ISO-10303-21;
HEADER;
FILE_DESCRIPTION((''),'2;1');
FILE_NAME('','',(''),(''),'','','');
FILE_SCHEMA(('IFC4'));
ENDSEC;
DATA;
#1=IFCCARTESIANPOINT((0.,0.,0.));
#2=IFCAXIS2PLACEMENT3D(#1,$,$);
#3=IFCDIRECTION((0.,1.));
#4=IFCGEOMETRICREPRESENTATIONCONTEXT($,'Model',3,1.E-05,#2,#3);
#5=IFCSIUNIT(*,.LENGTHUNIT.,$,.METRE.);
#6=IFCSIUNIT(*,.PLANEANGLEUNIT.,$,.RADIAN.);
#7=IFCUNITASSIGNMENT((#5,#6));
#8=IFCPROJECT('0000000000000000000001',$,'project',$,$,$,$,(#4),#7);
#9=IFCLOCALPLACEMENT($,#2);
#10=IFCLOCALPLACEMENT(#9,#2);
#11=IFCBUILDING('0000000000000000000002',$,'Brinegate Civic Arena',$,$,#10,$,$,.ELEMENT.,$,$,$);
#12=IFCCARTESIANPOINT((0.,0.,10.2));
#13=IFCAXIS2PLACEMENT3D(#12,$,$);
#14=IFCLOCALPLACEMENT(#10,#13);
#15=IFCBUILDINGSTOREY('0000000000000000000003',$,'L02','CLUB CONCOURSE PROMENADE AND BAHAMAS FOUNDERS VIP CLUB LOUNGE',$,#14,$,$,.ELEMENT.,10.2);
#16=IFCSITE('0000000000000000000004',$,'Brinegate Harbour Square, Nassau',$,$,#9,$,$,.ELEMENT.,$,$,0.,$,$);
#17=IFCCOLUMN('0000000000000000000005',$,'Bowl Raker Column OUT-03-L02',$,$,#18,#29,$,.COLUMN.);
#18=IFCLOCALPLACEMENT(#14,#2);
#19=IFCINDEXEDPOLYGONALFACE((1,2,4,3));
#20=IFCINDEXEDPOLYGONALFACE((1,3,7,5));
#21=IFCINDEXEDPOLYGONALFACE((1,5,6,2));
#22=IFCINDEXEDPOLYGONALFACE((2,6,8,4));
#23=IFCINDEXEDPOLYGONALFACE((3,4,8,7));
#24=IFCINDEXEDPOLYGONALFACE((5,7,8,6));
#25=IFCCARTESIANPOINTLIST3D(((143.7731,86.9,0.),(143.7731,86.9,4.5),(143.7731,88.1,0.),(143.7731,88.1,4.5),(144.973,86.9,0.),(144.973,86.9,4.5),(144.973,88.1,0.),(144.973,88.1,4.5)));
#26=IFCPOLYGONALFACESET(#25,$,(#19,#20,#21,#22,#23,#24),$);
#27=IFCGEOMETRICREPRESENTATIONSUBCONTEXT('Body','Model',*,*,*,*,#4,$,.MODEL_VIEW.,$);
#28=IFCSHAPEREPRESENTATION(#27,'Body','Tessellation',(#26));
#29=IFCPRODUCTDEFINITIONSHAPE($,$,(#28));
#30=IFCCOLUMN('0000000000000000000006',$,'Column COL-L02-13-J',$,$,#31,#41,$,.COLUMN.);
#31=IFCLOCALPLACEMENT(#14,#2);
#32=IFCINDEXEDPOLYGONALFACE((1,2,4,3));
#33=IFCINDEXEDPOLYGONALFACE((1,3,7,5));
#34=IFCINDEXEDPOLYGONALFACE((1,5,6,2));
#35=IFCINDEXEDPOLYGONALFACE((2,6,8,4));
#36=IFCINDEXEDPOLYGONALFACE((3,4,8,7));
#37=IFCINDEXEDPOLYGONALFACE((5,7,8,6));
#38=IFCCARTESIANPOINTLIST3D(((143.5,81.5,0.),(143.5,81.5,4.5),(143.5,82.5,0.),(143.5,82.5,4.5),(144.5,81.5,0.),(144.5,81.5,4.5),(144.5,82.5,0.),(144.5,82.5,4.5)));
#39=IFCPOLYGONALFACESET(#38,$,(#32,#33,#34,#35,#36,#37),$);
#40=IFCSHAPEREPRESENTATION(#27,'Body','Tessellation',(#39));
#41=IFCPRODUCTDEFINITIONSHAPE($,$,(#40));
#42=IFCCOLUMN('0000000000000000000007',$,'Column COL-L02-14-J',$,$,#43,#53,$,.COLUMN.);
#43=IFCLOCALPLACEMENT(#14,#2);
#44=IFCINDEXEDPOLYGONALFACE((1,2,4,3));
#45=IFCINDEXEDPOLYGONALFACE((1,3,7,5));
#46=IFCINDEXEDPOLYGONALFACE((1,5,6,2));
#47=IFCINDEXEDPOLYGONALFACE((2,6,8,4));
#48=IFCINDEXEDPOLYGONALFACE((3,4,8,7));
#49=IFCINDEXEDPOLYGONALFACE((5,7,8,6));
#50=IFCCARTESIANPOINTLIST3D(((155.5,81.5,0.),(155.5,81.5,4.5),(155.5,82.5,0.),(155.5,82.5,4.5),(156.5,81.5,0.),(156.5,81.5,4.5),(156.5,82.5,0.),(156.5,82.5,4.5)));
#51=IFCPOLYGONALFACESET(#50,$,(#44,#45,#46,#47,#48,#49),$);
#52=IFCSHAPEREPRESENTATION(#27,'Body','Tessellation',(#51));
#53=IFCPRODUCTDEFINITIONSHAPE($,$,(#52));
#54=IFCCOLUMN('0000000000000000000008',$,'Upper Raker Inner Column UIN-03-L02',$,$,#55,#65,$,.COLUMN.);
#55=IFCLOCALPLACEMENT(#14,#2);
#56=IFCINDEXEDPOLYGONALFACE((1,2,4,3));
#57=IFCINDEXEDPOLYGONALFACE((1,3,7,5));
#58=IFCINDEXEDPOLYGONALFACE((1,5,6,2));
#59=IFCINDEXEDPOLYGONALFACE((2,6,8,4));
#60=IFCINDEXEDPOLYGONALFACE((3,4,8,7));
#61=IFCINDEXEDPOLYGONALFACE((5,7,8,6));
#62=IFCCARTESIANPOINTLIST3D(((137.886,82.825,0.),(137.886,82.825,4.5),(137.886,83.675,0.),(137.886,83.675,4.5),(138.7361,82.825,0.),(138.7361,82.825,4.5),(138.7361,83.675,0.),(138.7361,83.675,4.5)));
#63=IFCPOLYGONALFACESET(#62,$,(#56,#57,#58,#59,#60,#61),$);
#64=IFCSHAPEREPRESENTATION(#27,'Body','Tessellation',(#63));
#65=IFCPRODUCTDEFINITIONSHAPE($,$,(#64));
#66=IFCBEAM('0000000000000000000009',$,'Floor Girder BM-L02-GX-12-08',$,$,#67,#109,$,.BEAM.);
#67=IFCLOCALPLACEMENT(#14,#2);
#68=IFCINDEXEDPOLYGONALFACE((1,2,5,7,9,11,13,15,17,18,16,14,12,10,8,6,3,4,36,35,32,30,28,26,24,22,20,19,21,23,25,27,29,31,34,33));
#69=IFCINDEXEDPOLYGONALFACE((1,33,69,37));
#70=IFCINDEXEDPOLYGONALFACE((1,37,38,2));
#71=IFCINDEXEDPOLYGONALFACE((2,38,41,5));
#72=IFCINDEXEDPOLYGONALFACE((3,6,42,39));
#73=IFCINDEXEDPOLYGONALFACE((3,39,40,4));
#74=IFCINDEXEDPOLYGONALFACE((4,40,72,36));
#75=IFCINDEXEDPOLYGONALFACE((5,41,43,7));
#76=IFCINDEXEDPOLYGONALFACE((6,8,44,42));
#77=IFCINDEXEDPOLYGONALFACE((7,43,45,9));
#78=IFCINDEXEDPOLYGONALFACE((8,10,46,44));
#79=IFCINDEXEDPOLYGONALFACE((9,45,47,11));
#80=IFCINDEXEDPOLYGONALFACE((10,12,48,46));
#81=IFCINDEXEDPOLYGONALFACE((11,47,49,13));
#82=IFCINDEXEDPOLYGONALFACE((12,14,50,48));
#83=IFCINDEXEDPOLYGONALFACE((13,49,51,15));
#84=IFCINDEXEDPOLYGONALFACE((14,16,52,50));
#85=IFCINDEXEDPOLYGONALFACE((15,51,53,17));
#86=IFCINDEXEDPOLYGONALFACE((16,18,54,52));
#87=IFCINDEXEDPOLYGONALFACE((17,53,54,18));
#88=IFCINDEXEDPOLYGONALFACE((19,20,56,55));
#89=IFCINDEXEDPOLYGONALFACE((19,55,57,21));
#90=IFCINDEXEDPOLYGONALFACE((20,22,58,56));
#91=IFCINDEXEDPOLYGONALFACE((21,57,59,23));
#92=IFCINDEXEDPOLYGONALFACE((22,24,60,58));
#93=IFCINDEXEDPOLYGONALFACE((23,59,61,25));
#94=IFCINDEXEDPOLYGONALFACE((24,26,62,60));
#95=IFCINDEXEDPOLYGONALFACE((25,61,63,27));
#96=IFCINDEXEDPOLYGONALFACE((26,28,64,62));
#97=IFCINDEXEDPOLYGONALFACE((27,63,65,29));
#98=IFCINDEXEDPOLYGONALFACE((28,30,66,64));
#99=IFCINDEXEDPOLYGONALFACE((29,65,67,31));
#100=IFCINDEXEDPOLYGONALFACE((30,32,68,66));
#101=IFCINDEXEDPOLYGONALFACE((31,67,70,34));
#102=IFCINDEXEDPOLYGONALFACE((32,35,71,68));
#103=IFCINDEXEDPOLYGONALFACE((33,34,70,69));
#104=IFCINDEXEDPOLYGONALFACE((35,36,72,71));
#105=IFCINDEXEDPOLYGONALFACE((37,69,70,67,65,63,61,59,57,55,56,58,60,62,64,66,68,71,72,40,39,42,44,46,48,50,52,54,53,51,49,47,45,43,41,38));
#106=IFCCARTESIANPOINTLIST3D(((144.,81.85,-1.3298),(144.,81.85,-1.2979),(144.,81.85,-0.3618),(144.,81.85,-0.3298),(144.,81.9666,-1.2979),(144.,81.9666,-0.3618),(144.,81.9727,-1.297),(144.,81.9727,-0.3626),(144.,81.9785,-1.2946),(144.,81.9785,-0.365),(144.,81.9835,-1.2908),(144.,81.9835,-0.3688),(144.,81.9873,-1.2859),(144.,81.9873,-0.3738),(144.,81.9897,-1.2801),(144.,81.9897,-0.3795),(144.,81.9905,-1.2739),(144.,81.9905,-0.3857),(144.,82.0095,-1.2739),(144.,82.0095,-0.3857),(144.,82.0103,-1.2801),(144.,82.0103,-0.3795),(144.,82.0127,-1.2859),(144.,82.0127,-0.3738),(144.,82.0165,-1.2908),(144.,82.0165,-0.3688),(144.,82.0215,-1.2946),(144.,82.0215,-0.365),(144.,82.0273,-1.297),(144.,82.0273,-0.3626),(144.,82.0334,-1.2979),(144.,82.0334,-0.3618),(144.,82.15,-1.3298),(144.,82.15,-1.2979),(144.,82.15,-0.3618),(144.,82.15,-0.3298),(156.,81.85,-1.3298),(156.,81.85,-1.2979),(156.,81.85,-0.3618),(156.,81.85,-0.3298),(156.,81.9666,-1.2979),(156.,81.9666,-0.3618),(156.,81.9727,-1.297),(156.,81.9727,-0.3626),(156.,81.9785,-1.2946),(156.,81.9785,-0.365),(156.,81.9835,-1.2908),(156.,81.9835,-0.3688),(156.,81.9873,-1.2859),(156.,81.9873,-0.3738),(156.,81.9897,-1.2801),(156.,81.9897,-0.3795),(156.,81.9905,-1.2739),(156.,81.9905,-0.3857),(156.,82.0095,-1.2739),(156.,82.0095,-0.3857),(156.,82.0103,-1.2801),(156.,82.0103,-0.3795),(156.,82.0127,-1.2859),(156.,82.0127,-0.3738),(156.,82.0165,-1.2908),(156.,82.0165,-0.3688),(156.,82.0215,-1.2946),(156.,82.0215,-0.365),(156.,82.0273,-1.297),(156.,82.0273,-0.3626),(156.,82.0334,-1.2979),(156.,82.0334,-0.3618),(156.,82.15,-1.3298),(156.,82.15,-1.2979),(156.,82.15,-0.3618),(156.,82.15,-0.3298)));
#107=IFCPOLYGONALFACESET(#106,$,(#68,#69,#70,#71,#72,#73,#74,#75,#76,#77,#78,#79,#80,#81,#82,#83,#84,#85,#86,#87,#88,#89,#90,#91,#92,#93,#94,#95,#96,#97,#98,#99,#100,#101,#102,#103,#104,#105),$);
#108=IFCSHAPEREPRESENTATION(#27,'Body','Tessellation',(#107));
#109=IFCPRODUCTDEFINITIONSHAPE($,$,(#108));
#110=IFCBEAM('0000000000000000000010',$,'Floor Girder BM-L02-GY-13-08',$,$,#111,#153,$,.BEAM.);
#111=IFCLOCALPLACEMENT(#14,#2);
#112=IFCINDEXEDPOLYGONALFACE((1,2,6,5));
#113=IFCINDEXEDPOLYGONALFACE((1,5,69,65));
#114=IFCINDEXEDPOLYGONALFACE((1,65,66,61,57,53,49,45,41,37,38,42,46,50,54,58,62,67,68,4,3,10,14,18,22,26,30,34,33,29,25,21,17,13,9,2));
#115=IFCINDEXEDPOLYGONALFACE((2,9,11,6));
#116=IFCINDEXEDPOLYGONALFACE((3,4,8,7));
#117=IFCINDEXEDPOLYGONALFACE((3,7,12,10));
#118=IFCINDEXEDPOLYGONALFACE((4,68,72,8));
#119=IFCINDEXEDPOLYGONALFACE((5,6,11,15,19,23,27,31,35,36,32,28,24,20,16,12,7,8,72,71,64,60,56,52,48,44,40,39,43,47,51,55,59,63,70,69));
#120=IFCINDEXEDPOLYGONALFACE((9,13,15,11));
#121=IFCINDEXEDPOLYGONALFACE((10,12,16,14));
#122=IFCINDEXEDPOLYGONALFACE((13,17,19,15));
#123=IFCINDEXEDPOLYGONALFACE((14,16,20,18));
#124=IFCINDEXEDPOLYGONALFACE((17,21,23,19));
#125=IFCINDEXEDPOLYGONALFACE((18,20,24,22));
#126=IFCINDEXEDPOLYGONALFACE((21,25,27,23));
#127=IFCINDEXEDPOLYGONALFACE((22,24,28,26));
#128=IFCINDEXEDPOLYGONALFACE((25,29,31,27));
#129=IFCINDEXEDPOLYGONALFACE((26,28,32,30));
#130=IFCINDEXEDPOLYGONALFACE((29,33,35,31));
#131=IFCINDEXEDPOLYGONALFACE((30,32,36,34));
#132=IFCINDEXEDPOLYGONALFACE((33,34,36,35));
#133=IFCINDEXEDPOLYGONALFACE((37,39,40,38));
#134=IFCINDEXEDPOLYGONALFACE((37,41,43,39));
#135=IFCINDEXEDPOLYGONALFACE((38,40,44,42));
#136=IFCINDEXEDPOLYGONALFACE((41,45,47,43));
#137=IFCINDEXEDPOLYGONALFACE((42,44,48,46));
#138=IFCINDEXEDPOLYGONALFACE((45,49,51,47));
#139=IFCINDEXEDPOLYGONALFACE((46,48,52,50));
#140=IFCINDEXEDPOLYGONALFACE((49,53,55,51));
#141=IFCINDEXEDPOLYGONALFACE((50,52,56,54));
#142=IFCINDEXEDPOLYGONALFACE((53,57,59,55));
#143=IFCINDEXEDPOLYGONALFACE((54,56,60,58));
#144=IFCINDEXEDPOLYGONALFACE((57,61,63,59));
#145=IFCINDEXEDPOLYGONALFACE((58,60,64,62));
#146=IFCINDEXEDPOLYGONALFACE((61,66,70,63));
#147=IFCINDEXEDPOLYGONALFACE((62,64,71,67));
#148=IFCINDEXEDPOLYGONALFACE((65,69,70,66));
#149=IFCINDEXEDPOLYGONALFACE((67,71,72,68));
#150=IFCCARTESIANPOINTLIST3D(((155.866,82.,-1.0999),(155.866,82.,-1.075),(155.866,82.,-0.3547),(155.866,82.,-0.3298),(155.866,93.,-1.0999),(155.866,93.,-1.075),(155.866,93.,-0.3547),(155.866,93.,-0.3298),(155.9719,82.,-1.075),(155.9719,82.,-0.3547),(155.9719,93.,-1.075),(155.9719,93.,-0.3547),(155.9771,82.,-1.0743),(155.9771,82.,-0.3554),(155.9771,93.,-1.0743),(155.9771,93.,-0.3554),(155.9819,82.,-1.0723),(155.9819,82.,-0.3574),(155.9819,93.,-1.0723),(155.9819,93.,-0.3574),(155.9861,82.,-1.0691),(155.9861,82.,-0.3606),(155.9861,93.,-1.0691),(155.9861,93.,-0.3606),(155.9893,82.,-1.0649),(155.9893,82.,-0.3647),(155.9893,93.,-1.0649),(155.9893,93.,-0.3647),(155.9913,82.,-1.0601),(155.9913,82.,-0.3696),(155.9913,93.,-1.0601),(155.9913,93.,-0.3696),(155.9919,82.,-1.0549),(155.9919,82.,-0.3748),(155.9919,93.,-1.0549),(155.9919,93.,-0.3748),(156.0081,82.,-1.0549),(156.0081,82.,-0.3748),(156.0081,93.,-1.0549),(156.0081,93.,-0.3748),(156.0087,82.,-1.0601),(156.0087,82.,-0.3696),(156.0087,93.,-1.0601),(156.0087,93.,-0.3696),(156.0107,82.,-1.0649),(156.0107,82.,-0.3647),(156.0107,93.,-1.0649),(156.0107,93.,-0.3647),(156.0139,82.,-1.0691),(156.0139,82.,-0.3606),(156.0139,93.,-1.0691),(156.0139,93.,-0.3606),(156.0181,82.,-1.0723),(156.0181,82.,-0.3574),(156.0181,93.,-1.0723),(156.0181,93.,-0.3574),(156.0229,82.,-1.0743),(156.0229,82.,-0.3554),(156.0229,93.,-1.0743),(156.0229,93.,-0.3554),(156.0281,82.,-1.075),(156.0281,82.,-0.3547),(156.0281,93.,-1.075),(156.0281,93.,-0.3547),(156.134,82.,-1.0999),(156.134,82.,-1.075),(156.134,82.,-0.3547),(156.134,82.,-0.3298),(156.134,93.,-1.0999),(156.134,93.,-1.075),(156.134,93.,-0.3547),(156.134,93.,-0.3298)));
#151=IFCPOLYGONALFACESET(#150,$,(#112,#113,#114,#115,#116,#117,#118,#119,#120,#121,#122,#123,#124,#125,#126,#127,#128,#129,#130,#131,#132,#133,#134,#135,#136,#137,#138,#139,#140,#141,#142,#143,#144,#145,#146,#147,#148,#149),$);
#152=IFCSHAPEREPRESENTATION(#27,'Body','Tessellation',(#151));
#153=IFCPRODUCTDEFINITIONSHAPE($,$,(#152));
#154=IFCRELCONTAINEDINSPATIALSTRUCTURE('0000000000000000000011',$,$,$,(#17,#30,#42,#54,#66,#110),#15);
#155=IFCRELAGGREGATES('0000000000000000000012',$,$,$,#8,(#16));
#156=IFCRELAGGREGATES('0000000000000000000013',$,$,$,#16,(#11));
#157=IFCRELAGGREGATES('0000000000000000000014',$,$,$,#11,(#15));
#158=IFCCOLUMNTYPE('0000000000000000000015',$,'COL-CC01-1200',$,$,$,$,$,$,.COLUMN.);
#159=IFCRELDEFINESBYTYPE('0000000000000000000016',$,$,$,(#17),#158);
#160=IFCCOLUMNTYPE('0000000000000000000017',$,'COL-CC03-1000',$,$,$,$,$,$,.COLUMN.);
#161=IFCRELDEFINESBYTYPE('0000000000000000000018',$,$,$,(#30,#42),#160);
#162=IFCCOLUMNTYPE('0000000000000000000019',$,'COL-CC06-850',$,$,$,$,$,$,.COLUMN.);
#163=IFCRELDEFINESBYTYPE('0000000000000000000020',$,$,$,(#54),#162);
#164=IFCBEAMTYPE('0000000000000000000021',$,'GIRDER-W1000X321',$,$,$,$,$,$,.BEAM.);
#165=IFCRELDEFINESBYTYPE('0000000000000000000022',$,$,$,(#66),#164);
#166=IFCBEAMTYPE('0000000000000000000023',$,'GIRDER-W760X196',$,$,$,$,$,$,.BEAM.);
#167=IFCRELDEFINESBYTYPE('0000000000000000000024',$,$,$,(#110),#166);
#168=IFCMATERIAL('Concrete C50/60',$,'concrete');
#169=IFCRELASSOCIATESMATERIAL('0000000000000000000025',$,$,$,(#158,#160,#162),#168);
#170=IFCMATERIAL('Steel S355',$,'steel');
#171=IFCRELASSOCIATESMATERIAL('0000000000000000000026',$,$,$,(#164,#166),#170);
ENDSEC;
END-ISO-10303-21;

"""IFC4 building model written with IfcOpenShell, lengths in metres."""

from ifc_helpers import new_model, si_unit, direction, frame, origin, origin_2d, place, context, subcontext, project, spatial, rectangle, i_section, extrude, material, material_profile, profile_set, type_object, element, save


model = new_model("IFC4")

# Units and contexts
model_context = context("Model", 3, precision=1e-05, world=origin(), true_north=direction((0.0, 1.0)))
body_context = subcontext(model_context, "Body", "Model", "MODEL_VIEW")
ifc_project = project(units=[si_unit("LENGTHUNIT", "METRE"), si_unit("PLANEANGLEUNIT", "RADIAN")], contexts=[model_context])

# Site, building, storey
site_placement = place(None, origin())
site = spatial("IfcSite", under=ifc_project, at=site_placement, Name="Brinegate Harbour Square, Nassau", CompositionType="ELEMENT", RefElevation=0.0)
building_placement = place(site_placement, origin())
building = spatial("IfcBuilding", under=site, at=building_placement, Name="Brinegate Civic Arena", CompositionType="ELEMENT")
storey_placement = place(building_placement, frame((0.0, 0.0, 10.2)))
storey = spatial("IfcBuildingStorey", under=building, at=storey_placement, Name="L02", Description="CLUB CONCOURSE PROMENADE AND BAHAMAS FOUNDERS VIP CLUB LOUNGE", CompositionType="ELEMENT", Elevation=10.2)

# Columns
ifc_material_1 = material(Name="Concrete C50/60", Category="concrete")
ifc_material_profile_1 = material_profile(ifc_material_1, rectangle(XDim=1.2, YDim=1.2, at=origin_2d()), Name="RC1200X1200")
ifc_profile_set_1 = profile_set([ifc_material_profile_1], Name="Concrete C50/60")
column_type_1 = type_object("IfcColumnType", Name="COL-CC01-1200", PredefinedType="COLUMN", material=ifc_profile_set_1)
column_1_placement = place(storey_placement, frame((144.373, 87.5, 0.0), z_axis=(0.0, 0.0, 1.0), x_axis=(1.0, 0.0, 0.0)))
element("IfcColumn", 1, at=column_1_placement, inside=storey, type_object=column_type_1, Name="Bowl Raker Column OUT-03-L02", PredefinedType="COLUMN", context=body_context, shape_type="SweptSolid", body=[
    extrude(rectangle(XDim=1.2, YDim=1.2, at=origin_2d()), origin(), (0.0, 0.0, 1.0), 4.5),
])
ifc_material_profile_2 = material_profile(ifc_material_1, rectangle(XDim=1.0, YDim=1.0, at=origin_2d()), Name="RC1000X1000")
ifc_profile_set_2 = profile_set([ifc_material_profile_2], Name="Concrete C50/60")
column_type_2 = type_object("IfcColumnType", Name="COL-CC03-1000", PredefinedType="COLUMN", material=ifc_profile_set_2)
for number, where, z_axis, x_axis, name in (
    (2, (144.0, 82.0, 0.0), (0.0, 0.0, 1.0), (1.0, 0.0, 0.0), "Column COL-L02-13-J"),
    (3, (156.0, 82.0, 0.0), (0.0, 0.0, 1.0), (1.0, 0.0, 0.0), "Column COL-L02-14-J"),
):
    element("IfcColumn", number, at=place(storey_placement, frame(where, z_axis=z_axis, x_axis=x_axis)), inside=storey, type_object=column_type_2, Name=name, PredefinedType="COLUMN", context=body_context, shape_type="SweptSolid", body=[
        extrude(rectangle(XDim=1.0, YDim=1.0, at=origin_2d()), origin(), (0.0, 0.0, 1.0), 4.5),
    ])
ifc_material_profile_3 = material_profile(ifc_material_1, rectangle(XDim=0.8501, YDim=0.8501, at=origin_2d()), Name="RC850X850")
ifc_profile_set_3 = profile_set([ifc_material_profile_3], Name="Concrete C50/60")
column_type_3 = type_object("IfcColumnType", Name="COL-CC06-850", PredefinedType="COLUMN", material=ifc_profile_set_3)
column_2_placement = place(storey_placement, frame((138.311, 83.25, 0.0), z_axis=(0.0, 0.0, 1.0), x_axis=(1.0, 0.0, 0.0)))
element("IfcColumn", 4, at=column_2_placement, inside=storey, type_object=column_type_3, Name="Upper Raker Inner Column UIN-03-L02", PredefinedType="COLUMN", context=body_context, shape_type="SweptSolid", body=[
    extrude(rectangle(XDim=0.8501, YDim=0.8501, at=origin_2d()), origin(), (0.0, 0.0, 1.0), 4.5),
])

# Beams
ifc_material_2 = material(Name="Steel S355", Category="steel")
ifc_material_profile_4 = material_profile(ifc_material_2, i_section(OverallWidth=0.3, OverallDepth=1.0, WebThickness=0.019, FlangeThickness=0.032, FilletRadius=0.0239, at=origin_2d()), Name="W1000X321")
ifc_profile_set_4 = profile_set([ifc_material_profile_4], Name="Steel S355")
beam_type_1 = type_object("IfcBeamType", Name="GIRDER-W1000X321", PredefinedType="BEAM", material=ifc_profile_set_4)
beam_1_placement = place(storey_placement, frame((144.0, 82.0, -0.8298), z_axis=(1.0, 0.0, 0.0), x_axis=(0.0, 1.0, 0.0)))
element("IfcBeam", 5, at=beam_1_placement, inside=storey, type_object=beam_type_1, Name="Floor Girder BM-L02-GX-12-08", PredefinedType="BEAM", context=body_context, shape_type="SweptSolid", body=[
    extrude(i_section(OverallWidth=0.3, OverallDepth=1.0, WebThickness=0.019, FlangeThickness=0.032, FilletRadius=0.0239, at=origin_2d()), origin(), (0.0, 0.0, 1.0), 12.0),
])
ifc_material_profile_5 = material_profile(ifc_material_2, i_section(OverallWidth=0.2681, OverallDepth=0.77, WebThickness=0.0161, FlangeThickness=0.0249, FilletRadius=0.02, at=origin_2d()), Name="W760X196")
ifc_profile_set_5 = profile_set([ifc_material_profile_5], Name="Steel S355")
beam_type_2 = type_object("IfcBeamType", Name="GIRDER-W760X196", PredefinedType="BEAM", material=ifc_profile_set_5)
beam_2_placement = place(storey_placement, frame((156.0, 82.0, -0.7148), z_axis=(0.0, 1.0, 0.0), x_axis=(-1.0, 0.0, 0.0)))
element("IfcBeam", 6, at=beam_2_placement, inside=storey, type_object=beam_type_2, Name="Floor Girder BM-L02-GY-13-08", PredefinedType="BEAM", context=body_context, shape_type="SweptSolid", body=[
    extrude(i_section(OverallWidth=0.2681, OverallDepth=0.77, WebThickness=0.0161, FlangeThickness=0.0249, FilletRadius=0.02, at=origin_2d()), origin(), (0.0, 0.0, 1.0), 11.0),
])

save(model, "model.ifc")
